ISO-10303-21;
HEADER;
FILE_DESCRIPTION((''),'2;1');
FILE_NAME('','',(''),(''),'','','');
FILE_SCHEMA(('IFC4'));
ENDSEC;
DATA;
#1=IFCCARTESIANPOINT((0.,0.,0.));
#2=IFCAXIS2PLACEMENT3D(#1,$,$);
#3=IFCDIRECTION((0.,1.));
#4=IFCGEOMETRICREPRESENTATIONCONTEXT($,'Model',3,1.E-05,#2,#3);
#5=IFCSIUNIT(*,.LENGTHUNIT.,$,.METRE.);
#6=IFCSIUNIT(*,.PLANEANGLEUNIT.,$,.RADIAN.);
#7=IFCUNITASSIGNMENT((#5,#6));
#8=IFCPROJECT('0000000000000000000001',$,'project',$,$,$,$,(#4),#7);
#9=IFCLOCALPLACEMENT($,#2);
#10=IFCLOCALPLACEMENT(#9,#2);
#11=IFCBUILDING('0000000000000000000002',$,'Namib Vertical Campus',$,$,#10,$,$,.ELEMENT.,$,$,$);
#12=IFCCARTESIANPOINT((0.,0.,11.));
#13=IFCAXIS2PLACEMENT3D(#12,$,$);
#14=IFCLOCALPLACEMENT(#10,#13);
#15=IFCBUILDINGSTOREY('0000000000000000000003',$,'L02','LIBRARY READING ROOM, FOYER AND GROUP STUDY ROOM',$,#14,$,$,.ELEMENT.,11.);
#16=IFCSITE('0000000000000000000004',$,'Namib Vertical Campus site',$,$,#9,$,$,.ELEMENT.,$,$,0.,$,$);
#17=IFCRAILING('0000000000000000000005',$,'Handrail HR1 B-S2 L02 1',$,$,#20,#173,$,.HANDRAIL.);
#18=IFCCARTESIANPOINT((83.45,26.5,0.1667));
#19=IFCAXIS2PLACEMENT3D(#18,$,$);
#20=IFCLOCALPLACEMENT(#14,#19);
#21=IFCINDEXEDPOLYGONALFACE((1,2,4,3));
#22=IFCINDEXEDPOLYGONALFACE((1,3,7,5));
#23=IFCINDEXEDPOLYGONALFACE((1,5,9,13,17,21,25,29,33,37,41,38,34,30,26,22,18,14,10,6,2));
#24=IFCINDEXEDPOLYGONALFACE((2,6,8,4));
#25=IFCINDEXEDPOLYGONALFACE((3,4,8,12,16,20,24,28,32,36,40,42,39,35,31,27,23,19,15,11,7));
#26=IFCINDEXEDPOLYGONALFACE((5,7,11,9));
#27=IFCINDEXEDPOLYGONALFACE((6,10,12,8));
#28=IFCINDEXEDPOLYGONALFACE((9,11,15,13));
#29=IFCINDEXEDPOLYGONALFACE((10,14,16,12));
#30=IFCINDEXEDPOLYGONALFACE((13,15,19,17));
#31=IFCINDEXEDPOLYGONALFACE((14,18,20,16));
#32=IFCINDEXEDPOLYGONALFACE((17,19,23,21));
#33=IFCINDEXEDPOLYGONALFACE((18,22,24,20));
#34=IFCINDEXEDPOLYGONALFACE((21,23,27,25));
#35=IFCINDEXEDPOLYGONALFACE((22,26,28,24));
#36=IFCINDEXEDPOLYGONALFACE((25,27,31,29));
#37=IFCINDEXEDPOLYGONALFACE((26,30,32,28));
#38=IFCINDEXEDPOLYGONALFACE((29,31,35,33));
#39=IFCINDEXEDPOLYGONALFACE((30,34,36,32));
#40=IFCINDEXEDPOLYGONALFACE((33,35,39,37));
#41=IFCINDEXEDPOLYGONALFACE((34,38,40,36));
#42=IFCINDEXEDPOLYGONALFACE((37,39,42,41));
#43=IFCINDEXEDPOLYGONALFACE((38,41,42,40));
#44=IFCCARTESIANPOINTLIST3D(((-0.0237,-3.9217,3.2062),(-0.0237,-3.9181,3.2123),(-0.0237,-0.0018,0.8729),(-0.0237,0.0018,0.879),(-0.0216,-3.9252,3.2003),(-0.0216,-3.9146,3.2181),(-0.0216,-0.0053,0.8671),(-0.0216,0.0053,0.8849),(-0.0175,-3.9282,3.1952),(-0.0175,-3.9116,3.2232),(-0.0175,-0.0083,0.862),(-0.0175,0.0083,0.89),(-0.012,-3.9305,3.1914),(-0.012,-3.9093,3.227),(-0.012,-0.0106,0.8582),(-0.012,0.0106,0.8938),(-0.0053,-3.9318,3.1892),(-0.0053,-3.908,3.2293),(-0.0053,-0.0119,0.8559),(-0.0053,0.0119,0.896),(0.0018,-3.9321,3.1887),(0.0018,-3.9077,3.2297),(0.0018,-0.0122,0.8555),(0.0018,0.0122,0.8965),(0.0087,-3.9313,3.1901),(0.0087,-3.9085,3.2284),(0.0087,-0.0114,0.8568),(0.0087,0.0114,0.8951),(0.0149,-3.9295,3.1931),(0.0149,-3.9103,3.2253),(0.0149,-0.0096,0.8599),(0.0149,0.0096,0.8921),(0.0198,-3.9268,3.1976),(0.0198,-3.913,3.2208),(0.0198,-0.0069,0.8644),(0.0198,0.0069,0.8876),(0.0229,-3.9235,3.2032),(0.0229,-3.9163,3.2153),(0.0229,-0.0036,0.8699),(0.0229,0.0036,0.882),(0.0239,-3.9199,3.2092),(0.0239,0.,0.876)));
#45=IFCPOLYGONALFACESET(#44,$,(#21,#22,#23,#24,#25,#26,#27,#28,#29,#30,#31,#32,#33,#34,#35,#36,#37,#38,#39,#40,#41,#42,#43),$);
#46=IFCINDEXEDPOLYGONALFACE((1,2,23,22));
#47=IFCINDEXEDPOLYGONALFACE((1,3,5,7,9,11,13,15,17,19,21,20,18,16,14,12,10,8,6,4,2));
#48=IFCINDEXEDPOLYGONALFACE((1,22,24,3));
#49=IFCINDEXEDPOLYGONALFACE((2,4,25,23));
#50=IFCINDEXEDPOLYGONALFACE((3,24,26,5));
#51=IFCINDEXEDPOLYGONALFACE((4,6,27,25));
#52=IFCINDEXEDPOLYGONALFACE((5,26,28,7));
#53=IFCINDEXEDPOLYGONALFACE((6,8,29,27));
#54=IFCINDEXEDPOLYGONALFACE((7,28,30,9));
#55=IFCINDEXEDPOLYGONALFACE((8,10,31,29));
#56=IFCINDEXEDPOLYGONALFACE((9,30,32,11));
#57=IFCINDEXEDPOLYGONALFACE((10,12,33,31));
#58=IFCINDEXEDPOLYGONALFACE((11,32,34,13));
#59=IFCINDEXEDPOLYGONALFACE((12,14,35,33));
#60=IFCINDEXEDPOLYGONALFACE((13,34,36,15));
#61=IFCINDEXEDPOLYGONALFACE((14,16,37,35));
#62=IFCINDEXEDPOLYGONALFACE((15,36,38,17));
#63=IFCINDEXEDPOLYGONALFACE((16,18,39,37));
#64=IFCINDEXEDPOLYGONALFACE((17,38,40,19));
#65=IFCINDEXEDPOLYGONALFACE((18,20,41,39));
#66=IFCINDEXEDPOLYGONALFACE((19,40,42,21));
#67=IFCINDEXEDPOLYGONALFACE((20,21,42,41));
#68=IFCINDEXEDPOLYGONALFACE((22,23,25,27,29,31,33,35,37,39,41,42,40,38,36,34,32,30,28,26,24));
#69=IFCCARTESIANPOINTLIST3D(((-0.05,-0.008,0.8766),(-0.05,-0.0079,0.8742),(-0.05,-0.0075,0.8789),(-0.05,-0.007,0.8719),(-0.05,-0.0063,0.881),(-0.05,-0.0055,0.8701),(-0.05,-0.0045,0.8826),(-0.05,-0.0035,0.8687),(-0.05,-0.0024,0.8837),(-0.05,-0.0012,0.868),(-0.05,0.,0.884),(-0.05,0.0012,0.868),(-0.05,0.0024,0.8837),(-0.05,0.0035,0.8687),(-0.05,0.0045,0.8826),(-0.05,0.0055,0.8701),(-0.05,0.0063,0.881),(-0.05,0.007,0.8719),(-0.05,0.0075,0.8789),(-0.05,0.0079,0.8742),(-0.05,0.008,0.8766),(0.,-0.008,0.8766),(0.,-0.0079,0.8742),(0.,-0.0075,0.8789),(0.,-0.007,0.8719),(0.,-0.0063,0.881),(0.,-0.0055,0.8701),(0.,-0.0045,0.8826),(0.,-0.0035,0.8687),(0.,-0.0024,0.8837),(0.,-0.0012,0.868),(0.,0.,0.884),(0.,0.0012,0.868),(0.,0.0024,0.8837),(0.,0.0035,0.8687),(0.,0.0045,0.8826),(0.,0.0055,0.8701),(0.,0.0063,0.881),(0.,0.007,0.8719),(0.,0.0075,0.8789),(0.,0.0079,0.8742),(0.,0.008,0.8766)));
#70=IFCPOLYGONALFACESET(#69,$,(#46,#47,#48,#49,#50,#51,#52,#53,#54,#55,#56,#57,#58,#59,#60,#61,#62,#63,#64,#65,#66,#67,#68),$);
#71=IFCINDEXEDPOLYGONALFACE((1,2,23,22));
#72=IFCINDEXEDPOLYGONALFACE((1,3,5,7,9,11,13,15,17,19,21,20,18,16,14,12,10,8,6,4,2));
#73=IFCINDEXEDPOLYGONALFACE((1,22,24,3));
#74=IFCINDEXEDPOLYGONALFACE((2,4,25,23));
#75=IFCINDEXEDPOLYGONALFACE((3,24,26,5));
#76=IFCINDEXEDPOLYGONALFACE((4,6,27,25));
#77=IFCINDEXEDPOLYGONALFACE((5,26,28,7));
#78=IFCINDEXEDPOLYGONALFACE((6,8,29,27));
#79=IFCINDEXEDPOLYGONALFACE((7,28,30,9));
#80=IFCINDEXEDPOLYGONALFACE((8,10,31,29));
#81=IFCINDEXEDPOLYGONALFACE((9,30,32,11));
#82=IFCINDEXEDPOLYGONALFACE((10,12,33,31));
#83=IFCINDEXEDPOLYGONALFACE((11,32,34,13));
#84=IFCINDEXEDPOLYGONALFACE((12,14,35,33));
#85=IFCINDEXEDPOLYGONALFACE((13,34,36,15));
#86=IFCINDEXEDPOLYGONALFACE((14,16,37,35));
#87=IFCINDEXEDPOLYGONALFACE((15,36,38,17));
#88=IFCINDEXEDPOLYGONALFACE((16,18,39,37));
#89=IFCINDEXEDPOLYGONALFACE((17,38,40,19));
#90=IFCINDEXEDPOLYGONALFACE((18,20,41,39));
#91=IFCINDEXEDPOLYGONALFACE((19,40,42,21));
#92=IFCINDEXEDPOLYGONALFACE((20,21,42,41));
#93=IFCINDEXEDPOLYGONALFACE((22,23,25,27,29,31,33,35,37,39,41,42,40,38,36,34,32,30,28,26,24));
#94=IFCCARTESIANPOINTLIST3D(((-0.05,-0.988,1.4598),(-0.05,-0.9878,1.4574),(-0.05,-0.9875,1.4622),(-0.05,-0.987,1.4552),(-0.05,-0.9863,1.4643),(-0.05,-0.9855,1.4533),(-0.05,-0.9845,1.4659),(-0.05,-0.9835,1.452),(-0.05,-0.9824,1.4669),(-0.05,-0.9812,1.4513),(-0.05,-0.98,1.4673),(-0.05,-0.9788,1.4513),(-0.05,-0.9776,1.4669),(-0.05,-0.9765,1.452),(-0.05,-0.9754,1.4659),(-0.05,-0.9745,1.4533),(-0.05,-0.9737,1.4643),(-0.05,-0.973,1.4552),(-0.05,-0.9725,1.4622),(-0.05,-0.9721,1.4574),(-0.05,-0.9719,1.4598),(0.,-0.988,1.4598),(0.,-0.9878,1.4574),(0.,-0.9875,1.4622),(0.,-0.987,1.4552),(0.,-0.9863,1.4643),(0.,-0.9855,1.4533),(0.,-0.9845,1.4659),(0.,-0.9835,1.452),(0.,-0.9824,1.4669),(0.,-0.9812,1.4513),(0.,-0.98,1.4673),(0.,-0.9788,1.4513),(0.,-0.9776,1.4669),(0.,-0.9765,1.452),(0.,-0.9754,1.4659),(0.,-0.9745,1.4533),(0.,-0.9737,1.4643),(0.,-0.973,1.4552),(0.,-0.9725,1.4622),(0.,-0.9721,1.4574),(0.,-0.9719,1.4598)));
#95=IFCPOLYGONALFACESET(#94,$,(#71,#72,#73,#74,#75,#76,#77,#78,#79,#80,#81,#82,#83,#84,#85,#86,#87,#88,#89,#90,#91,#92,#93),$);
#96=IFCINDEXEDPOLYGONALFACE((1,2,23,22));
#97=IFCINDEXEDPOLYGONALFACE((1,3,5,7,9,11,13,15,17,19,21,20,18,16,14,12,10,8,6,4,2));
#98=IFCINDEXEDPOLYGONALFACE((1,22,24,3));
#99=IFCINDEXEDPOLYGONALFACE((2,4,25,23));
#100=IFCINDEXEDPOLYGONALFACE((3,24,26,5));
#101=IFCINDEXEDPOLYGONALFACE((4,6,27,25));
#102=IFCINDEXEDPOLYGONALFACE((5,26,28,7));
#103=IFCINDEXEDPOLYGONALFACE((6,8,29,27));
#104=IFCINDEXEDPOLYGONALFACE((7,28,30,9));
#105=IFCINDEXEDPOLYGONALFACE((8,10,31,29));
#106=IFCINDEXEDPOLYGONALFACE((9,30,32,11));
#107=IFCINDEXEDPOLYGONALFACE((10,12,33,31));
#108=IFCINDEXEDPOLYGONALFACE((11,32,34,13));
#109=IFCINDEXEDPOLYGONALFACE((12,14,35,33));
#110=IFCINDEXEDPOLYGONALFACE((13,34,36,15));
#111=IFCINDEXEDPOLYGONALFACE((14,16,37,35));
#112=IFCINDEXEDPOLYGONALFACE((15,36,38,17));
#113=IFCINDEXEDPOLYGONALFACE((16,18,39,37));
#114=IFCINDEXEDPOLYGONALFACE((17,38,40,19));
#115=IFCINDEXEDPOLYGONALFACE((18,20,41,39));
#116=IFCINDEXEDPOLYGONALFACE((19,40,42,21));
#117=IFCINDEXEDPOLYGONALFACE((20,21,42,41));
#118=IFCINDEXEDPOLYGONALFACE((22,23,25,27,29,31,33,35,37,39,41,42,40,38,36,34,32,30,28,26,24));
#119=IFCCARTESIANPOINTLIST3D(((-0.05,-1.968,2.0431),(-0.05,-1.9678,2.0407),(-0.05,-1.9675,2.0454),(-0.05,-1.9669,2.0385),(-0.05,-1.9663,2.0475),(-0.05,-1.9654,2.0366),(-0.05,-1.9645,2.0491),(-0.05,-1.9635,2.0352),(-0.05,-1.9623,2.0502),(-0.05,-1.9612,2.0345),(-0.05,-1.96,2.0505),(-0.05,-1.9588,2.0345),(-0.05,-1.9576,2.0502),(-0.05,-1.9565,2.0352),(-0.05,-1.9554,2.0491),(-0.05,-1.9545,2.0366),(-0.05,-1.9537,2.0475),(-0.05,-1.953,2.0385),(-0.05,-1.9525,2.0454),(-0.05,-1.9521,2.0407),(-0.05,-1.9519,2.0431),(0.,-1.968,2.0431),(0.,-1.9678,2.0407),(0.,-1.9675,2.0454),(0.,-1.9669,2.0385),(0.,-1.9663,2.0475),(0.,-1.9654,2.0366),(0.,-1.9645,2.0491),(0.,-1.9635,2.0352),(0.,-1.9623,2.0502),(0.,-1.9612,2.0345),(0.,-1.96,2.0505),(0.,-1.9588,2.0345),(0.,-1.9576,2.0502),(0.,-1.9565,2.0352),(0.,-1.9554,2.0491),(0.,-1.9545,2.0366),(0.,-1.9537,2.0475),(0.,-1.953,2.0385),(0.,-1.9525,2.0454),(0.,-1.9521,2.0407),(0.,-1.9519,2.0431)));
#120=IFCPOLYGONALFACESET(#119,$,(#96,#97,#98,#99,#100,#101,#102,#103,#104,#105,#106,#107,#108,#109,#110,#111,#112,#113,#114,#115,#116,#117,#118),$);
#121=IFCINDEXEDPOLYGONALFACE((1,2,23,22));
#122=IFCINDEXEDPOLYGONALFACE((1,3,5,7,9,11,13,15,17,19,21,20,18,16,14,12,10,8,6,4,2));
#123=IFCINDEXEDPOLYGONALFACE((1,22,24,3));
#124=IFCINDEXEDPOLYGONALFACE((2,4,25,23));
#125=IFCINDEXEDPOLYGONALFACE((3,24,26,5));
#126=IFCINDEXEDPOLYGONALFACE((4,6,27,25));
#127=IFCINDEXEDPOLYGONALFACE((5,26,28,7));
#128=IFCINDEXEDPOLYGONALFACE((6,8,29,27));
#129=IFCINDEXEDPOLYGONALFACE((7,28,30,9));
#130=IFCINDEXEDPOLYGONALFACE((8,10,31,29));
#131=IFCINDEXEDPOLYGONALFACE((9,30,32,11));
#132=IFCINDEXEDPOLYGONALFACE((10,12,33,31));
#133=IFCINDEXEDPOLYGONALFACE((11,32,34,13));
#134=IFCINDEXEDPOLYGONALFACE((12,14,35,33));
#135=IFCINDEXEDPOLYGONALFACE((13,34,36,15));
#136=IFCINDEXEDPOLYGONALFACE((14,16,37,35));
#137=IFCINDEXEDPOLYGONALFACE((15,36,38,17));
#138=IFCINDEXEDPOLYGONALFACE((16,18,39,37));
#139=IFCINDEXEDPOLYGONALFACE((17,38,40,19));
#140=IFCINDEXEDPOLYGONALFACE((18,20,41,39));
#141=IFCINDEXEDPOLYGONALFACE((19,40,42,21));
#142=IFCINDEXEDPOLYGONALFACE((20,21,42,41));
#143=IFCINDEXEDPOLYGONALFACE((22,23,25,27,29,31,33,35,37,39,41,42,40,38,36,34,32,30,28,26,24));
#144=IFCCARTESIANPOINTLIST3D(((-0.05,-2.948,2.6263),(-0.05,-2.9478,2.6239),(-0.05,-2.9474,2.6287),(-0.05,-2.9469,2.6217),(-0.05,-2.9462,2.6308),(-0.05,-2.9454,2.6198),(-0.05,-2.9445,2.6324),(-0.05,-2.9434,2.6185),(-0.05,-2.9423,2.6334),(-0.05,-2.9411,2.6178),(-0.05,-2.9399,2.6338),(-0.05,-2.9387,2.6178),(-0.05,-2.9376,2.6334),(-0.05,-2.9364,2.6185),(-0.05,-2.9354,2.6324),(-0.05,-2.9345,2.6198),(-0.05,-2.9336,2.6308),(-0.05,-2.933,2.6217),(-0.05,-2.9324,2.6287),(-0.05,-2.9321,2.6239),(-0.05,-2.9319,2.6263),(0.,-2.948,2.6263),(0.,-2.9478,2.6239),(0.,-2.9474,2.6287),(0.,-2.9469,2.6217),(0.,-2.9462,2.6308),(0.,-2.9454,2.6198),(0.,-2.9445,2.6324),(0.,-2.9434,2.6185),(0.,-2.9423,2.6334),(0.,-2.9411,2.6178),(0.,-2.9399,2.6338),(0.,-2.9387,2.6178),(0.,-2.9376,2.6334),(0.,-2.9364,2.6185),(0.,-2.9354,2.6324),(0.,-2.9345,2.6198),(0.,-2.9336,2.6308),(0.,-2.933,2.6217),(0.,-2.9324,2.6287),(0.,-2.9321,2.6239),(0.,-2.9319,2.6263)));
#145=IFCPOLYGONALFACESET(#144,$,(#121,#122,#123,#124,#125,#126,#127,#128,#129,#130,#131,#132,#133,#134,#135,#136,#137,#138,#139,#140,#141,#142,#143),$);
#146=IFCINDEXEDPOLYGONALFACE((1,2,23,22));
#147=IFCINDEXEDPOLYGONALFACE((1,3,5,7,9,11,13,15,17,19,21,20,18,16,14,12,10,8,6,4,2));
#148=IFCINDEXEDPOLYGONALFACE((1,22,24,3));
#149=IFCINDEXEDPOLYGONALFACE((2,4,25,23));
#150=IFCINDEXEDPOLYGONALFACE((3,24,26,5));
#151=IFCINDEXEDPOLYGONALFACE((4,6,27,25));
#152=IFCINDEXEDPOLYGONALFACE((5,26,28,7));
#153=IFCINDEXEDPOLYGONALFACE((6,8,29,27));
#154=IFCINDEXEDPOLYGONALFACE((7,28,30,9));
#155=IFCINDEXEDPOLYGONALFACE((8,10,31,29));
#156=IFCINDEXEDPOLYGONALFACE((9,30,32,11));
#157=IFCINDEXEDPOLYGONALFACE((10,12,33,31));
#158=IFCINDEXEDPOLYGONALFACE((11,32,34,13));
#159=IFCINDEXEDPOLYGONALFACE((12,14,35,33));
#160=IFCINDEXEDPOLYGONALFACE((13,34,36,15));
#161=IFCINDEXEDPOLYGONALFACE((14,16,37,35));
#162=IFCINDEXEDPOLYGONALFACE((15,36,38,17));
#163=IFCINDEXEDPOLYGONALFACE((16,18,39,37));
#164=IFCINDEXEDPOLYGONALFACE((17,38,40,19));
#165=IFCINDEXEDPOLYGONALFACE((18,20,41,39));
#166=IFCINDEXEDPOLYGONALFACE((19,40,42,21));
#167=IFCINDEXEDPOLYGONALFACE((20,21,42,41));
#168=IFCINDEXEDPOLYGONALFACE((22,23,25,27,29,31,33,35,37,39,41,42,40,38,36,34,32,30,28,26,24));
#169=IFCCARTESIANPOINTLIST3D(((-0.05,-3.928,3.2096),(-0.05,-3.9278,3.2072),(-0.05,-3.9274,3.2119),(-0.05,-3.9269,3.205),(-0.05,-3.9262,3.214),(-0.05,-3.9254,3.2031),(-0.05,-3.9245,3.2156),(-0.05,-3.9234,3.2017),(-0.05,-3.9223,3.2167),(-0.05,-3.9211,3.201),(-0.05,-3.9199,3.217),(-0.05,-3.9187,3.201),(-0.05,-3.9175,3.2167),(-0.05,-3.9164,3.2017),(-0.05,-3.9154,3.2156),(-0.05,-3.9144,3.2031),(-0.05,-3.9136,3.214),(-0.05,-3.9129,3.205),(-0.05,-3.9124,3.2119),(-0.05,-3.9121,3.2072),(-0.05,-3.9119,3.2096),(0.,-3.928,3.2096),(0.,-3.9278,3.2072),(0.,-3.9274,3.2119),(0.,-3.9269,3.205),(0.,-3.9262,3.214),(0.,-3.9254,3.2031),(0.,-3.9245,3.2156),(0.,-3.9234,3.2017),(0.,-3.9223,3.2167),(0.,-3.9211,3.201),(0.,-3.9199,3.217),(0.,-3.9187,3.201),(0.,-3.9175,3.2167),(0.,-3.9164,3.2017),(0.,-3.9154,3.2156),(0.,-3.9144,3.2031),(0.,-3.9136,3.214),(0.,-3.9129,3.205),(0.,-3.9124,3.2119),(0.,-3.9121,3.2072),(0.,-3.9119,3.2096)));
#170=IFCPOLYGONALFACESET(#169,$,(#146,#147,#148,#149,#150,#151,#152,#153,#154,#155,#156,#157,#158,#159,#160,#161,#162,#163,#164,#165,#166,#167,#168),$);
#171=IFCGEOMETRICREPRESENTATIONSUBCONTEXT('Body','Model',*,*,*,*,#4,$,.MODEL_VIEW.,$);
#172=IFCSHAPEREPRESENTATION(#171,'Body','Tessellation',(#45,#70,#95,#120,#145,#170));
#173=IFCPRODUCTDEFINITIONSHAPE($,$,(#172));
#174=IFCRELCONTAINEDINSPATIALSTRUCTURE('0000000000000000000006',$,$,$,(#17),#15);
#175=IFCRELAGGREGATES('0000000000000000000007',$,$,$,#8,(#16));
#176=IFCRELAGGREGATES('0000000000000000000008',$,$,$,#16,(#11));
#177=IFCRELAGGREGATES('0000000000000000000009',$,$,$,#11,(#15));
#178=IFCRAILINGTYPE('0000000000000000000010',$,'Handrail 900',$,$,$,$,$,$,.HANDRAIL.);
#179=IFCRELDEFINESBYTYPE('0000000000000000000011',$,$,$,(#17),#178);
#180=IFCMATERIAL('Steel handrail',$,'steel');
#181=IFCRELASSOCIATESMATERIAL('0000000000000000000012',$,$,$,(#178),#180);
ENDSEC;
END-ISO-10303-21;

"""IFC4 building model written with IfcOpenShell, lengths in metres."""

from ifc_helpers import new_model, si_unit, direction, frame, origin, origin_2d, place, context, subcontext, project, spatial, circle, extrude, material, type_object, element, save


model = new_model("IFC4")

# Units and contexts
model_context = context("Model", 3, precision=1e-05, world=origin(), true_north=direction((0.0, 1.0)))
body_context = subcontext(model_context, "Body", "Model", "MODEL_VIEW")
ifc_project = project(units=[si_unit("LENGTHUNIT", "METRE"), si_unit("PLANEANGLEUNIT", "RADIAN")], contexts=[model_context])

# Site, building, storey
site_placement = place(None, origin())
site = spatial("IfcSite", under=ifc_project, at=site_placement, Name="Namib Vertical Campus site", CompositionType="ELEMENT", RefElevation=0.0)
building_placement = place(site_placement, origin())
building = spatial("IfcBuilding", under=site, at=building_placement, Name="Namib Vertical Campus", CompositionType="ELEMENT")
storey_placement = place(building_placement, frame((0.0, 0.0, 11.0)))
storey = spatial("IfcBuildingStorey", under=building, at=storey_placement, Name="L02", Description="LIBRARY READING ROOM, FOYER AND GROUP STUDY ROOM", CompositionType="ELEMENT", Elevation=11.0)

# Railing
ifc_material_1 = material(Name="Steel handrail", Category="steel")
railing_type_1 = type_object("IfcRailingType", Name="Handrail 900", PredefinedType="HANDRAIL", material=ifc_material_1)
railing_1_placement = place(storey_placement, frame((83.45, 26.5, 0.1667)))
element("IfcRailing", 1, at=railing_1_placement, inside=storey, type_object=railing_type_1, Name="Handrail HR1 B-S2 L02 1", PredefinedType="HANDRAIL", context=body_context, shape_type="SweptSolid", body=[
    extrude(circle(Radius=0.0239, at=origin_2d()), frame((0.0, 0.0, 0.876), z_axis=(0.0, -0.859296, 0.511478), x_axis=(1.0, 0.0, 0.0)), (0.0, 0.0, 1.0), 4.5618),
    extrude(circle(Radius=0.0081, at=origin_2d()), frame((0.0, 0.0, 0.876), z_axis=(-1.0, 0.0, 0.0), x_axis=(0.0, 0.0, 1.0)), (0.0, 0.0, 1.0), 0.05),
    extrude(circle(Radius=0.0081, at=origin_2d()), frame((0.0, -0.98, 1.4592), z_axis=(-1.0, 0.0, 0.0), x_axis=(0.0, 0.0, 1.0)), (0.0, 0.0, 1.0), 0.05),
    extrude(circle(Radius=0.0081, at=origin_2d()), frame((0.0, -1.96, 2.0425), z_axis=(-1.0, 0.0, 0.0), x_axis=(0.0, 0.0, 1.0)), (0.0, 0.0, 1.0), 0.05),
    extrude(circle(Radius=0.0081, at=origin_2d()), frame((0.0, -2.9399, 2.6257), z_axis=(-1.0, 0.0, 0.0), x_axis=(0.0, 0.0, 1.0)), (0.0, 0.0, 1.0), 0.05),
    extrude(circle(Radius=0.0081, at=origin_2d()), frame((0.0, -3.9199, 3.209), z_axis=(-1.0, 0.0, 0.0), x_axis=(0.0, 0.0, 1.0)), (0.0, 0.0, 1.0), 0.05),
])

save(model, "model.ifc")
